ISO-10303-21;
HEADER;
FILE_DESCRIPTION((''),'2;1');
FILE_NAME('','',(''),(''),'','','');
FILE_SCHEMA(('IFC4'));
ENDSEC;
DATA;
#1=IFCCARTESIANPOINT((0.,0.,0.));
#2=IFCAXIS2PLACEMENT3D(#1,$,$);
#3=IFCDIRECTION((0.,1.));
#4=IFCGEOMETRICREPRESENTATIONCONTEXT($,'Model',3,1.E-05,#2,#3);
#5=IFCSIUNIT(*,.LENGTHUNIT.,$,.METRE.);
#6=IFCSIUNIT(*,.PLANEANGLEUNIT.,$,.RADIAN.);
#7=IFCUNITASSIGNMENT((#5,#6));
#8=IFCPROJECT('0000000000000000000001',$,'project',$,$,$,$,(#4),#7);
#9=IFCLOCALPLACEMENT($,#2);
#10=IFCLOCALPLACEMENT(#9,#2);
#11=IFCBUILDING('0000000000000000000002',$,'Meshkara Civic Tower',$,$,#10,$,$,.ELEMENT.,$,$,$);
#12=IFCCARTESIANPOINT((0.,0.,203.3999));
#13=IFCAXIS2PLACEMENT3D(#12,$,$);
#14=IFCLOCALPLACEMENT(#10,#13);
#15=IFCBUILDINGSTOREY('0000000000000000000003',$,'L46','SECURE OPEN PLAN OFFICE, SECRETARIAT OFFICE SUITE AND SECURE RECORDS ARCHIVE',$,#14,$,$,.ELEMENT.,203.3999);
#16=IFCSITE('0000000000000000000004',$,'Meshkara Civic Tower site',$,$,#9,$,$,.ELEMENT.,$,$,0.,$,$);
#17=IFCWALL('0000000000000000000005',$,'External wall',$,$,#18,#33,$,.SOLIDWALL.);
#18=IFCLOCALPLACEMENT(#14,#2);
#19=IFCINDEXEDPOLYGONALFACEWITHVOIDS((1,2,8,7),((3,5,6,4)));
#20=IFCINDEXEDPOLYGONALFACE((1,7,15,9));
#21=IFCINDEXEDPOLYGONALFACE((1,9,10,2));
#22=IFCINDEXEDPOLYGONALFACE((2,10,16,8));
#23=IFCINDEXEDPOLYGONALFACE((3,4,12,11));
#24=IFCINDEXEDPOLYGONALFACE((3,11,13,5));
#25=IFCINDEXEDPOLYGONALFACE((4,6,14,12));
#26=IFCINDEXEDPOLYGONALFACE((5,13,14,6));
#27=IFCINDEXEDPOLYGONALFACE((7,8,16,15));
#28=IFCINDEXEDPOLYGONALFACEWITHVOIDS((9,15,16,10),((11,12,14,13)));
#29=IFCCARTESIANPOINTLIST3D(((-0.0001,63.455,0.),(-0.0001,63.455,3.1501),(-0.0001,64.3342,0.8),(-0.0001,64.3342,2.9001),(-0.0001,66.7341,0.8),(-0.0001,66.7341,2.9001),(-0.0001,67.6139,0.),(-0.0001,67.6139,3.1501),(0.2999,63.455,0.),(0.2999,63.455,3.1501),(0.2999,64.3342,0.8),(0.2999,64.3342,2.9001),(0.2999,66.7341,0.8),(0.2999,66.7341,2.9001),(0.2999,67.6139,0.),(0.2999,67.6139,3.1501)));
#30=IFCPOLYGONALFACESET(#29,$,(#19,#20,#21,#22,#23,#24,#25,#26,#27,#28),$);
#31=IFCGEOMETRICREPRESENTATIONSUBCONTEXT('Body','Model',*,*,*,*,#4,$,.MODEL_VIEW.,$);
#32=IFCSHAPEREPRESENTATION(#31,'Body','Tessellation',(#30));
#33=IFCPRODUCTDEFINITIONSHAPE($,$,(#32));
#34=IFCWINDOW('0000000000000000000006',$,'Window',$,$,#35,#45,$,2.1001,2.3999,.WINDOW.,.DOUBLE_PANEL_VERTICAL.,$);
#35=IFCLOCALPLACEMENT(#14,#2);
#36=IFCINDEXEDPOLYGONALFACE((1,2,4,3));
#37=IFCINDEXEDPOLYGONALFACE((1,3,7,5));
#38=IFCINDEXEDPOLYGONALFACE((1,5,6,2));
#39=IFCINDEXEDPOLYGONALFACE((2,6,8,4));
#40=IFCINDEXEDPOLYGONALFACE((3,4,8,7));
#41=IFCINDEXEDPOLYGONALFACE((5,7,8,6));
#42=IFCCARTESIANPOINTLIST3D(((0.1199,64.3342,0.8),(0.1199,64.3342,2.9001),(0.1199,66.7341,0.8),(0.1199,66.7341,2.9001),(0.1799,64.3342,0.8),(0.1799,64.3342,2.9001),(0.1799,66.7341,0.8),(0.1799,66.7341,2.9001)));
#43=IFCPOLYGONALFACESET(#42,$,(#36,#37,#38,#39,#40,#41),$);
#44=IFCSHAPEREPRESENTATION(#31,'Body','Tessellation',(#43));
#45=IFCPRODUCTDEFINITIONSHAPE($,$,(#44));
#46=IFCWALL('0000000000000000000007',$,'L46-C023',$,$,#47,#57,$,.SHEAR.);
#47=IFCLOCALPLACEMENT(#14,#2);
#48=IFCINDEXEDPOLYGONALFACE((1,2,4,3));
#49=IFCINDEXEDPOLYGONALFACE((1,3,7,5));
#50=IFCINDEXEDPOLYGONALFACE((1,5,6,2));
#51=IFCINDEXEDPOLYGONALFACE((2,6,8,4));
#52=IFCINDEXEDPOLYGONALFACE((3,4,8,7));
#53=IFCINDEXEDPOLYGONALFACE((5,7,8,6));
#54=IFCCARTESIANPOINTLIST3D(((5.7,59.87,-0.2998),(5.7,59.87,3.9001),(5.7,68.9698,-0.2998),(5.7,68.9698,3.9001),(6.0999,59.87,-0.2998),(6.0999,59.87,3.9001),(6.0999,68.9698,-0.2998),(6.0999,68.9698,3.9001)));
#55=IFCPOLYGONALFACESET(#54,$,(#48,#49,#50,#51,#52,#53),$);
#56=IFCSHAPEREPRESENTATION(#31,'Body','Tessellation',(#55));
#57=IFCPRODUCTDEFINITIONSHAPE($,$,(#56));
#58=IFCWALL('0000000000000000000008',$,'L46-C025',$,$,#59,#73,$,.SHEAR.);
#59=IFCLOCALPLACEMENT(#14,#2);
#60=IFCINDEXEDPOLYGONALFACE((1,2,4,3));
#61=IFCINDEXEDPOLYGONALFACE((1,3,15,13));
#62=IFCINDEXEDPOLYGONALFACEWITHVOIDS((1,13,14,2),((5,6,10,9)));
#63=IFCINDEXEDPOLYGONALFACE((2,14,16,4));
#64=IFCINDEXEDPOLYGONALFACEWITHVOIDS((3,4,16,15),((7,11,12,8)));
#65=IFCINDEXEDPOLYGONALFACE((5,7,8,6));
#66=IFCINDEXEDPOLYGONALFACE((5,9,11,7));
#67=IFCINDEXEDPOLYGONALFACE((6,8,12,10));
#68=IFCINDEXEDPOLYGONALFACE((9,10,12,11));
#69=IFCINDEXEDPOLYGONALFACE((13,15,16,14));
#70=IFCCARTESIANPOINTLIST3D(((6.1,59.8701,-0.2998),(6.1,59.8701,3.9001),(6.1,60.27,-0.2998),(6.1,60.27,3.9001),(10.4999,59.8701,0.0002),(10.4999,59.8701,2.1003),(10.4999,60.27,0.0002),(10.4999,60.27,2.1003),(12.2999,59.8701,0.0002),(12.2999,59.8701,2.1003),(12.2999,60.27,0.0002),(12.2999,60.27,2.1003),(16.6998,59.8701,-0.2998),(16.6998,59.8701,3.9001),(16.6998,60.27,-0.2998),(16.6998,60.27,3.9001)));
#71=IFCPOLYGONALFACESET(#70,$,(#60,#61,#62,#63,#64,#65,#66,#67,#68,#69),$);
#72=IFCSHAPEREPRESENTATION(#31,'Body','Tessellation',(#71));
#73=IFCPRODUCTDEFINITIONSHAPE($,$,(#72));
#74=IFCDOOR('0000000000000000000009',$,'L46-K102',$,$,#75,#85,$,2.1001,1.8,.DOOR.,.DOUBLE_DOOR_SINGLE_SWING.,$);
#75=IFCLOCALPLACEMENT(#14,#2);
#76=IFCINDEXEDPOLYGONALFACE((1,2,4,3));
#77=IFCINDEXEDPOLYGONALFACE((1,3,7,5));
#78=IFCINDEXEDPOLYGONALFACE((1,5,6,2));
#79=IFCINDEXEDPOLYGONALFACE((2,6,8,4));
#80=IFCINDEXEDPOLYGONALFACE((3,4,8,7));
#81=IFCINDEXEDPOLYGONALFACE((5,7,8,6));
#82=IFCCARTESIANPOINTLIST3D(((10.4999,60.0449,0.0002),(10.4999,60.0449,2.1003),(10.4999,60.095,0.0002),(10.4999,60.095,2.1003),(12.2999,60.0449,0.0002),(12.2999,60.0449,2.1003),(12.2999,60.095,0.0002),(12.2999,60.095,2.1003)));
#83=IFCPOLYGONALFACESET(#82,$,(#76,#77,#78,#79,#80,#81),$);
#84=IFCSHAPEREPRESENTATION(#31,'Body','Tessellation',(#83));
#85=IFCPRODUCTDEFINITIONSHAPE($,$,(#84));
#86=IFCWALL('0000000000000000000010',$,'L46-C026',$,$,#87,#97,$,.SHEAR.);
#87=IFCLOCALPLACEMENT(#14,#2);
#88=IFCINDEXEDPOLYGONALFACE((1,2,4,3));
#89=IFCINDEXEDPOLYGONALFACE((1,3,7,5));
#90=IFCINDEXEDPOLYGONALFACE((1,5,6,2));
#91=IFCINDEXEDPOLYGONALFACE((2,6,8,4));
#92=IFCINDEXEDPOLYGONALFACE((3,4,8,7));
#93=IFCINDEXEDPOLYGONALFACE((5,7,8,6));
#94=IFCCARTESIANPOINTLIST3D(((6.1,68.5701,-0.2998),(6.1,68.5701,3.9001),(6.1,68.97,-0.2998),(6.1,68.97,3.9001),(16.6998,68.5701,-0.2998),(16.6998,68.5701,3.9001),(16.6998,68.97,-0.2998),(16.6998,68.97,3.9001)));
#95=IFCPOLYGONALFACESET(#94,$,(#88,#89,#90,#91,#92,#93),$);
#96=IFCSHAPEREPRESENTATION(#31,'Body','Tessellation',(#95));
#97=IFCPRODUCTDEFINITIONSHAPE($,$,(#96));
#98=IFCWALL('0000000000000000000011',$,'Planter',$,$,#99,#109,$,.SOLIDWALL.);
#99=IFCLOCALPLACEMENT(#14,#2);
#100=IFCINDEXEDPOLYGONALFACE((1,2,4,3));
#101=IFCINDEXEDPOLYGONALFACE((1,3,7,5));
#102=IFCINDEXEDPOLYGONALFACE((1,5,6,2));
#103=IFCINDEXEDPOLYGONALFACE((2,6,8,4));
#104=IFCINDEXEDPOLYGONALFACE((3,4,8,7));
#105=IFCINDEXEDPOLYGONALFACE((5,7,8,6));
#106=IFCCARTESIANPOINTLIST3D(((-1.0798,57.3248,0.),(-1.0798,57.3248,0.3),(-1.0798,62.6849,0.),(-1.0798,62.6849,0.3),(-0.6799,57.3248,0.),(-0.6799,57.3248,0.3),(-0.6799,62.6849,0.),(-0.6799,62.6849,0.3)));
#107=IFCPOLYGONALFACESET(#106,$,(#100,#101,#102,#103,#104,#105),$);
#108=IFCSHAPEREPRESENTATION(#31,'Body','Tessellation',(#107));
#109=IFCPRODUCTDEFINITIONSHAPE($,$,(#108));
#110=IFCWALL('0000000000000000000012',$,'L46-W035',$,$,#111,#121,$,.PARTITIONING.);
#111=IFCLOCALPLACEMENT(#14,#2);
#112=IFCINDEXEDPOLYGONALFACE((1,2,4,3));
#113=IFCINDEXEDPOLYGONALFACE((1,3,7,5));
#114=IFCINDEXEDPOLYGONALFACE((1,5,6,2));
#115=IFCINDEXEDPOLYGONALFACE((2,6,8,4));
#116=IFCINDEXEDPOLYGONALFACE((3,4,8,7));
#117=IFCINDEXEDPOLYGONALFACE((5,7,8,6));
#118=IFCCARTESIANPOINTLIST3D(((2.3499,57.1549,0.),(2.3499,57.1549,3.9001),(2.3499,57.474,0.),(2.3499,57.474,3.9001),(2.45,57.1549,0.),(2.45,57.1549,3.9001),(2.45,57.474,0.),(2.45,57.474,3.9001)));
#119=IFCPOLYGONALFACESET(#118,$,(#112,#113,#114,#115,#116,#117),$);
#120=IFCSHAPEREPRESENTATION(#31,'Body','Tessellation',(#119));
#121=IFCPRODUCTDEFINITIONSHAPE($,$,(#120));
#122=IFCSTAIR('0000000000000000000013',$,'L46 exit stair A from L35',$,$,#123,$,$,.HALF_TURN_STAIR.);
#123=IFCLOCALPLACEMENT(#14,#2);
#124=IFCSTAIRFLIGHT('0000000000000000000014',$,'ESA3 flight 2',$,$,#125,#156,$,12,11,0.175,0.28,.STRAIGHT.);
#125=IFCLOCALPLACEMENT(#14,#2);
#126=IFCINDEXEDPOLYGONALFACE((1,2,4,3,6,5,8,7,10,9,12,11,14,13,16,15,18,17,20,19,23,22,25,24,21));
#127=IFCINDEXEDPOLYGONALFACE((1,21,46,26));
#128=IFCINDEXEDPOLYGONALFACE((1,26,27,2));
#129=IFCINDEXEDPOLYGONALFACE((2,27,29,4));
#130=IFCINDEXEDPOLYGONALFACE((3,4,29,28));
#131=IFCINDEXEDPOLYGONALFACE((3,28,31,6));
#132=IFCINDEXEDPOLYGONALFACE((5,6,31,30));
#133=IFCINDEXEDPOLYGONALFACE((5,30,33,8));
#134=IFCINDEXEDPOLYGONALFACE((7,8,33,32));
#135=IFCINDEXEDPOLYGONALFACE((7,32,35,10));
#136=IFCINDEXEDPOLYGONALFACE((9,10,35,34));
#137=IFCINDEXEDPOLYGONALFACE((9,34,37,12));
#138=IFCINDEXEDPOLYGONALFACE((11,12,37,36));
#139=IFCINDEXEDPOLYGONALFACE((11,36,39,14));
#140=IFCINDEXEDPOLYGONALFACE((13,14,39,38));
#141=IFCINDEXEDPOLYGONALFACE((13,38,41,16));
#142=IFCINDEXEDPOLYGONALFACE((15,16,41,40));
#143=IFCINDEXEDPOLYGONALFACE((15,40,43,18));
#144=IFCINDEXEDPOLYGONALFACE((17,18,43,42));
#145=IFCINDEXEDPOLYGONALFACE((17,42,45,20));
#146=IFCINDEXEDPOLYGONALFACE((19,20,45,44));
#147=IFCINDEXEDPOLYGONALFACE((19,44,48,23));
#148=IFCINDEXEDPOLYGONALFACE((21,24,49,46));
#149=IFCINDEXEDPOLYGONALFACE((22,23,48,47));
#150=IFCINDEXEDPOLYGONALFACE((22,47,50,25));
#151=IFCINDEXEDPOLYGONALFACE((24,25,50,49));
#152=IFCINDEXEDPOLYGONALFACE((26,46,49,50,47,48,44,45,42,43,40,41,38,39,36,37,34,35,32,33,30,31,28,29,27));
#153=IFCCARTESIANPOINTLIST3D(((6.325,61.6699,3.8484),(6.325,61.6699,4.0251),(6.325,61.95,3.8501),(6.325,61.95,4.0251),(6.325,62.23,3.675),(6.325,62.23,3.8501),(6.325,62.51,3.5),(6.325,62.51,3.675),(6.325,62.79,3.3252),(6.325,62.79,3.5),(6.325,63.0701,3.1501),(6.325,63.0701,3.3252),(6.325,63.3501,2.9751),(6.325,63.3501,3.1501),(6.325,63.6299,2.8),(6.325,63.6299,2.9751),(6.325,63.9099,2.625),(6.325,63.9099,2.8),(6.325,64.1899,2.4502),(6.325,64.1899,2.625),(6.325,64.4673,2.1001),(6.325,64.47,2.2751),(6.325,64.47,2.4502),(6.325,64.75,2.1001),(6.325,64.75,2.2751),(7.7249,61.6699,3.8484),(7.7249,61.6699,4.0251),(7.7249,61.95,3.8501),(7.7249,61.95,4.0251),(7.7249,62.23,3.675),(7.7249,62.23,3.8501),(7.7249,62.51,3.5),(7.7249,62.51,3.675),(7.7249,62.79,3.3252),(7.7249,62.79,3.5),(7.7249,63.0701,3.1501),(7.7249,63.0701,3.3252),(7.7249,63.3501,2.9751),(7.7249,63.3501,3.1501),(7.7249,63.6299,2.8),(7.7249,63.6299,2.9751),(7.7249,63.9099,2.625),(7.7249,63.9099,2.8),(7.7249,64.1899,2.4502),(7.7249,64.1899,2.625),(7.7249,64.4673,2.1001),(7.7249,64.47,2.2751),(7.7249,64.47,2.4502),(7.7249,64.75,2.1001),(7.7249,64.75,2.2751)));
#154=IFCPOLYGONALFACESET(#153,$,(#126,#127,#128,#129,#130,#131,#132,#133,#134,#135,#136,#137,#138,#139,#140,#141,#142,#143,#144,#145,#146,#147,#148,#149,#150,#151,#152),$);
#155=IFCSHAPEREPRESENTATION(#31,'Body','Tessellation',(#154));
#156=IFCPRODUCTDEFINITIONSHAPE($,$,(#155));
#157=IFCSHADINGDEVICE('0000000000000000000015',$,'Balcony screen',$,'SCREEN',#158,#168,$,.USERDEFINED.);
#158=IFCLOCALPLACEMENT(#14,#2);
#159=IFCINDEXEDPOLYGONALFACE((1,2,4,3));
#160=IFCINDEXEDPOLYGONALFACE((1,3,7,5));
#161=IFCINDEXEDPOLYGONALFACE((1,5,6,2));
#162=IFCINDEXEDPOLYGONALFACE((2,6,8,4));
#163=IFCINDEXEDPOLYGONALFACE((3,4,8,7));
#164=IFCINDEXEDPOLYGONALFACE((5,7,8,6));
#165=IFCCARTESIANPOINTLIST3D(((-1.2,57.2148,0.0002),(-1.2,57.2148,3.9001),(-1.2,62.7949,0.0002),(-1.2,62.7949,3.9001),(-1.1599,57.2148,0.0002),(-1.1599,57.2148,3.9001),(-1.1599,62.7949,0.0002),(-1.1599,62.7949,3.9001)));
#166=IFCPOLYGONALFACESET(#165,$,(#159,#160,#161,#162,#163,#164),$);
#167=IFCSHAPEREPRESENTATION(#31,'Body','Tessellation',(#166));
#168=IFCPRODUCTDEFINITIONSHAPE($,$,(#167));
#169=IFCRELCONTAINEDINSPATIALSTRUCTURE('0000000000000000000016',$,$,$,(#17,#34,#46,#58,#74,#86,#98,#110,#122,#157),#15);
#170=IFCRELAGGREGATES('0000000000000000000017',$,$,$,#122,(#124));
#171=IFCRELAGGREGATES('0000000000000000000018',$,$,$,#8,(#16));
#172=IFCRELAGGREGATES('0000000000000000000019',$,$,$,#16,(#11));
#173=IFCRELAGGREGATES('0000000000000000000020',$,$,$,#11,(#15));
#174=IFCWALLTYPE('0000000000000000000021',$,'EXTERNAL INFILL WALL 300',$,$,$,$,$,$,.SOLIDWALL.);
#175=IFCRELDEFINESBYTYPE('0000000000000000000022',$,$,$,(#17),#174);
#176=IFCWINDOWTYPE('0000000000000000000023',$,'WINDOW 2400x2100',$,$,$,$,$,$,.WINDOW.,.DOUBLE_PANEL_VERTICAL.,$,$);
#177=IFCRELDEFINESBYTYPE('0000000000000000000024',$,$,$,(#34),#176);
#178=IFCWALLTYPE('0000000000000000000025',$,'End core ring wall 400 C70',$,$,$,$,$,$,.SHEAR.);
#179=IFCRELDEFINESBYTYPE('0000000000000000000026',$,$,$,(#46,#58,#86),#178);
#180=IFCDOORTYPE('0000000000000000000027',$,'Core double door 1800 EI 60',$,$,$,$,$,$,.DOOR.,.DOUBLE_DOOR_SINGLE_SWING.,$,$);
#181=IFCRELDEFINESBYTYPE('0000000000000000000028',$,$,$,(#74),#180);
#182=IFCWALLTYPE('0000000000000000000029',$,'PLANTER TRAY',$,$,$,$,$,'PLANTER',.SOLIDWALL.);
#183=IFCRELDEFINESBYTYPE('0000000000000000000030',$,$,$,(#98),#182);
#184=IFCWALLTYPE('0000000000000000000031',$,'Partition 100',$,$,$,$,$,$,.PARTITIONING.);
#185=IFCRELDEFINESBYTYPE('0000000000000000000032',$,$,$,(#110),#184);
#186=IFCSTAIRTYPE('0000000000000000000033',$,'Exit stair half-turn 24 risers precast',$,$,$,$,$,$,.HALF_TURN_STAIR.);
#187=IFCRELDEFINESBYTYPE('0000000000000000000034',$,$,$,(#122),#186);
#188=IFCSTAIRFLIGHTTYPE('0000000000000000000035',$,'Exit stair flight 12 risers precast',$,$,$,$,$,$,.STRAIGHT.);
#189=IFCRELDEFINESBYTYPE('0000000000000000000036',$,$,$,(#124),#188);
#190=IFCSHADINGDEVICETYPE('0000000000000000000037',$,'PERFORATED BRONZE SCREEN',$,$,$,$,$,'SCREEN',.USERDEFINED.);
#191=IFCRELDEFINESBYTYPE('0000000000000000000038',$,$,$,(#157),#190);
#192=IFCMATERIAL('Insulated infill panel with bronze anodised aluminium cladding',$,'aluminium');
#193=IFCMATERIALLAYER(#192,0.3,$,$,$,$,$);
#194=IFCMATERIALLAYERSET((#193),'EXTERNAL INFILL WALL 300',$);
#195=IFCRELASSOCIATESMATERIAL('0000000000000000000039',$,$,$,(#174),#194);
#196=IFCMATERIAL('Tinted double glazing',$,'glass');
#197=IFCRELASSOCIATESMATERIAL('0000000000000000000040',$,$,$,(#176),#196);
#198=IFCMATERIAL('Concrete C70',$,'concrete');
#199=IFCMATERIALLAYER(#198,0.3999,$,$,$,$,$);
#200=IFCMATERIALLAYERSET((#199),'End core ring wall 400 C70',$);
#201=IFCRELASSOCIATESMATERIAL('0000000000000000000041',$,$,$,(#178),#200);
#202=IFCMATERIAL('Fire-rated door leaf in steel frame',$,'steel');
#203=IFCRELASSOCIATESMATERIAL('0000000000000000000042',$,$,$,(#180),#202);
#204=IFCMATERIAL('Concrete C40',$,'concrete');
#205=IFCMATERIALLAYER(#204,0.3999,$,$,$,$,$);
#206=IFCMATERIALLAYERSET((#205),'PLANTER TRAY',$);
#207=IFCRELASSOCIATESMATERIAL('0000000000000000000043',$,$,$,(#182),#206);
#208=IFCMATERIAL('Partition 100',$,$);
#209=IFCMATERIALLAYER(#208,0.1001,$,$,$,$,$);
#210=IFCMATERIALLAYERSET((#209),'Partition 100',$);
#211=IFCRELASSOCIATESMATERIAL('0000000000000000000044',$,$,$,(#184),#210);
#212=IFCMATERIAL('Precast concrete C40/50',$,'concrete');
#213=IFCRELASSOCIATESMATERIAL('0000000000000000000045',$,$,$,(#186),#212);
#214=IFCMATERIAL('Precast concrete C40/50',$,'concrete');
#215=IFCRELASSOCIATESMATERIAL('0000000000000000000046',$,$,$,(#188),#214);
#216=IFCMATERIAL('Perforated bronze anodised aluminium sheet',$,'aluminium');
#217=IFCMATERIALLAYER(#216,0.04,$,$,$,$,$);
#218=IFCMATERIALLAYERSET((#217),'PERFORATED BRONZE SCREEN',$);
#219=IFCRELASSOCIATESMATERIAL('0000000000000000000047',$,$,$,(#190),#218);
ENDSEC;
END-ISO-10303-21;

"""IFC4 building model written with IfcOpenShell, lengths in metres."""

from ifc_helpers import new_model, si_unit, direction, frame, frame_2d, origin, origin_2d, place, context, subcontext, project, spatial, polyline, rectangle, outline, extrude, material, layer, layer_set, type_object, element, fill, aggregate, save


model = new_model("IFC4")

# Units and contexts
model_context = context("Model", 3, precision=1e-05, world=origin(), true_north=direction((0.0, 1.0)))
body_context = subcontext(model_context, "Body", "Model", "MODEL_VIEW")
ifc_project = project(units=[si_unit("LENGTHUNIT", "METRE"), si_unit("PLANEANGLEUNIT", "RADIAN")], contexts=[model_context])

# Site, building, storey
site_placement = place(None, origin())
site = spatial("IfcSite", under=ifc_project, at=site_placement, Name="Meshkara Civic Tower site", CompositionType="ELEMENT", RefElevation=0.0)
building_placement = place(site_placement, origin())
building = spatial("IfcBuilding", under=site, at=building_placement, Name="Meshkara Civic Tower", CompositionType="ELEMENT")
storey_placement = place(building_placement, frame((0.0, 0.0, 203.3999)))
storey = spatial("IfcBuildingStorey", under=building, at=storey_placement, Name="L46", Description="SECURE OPEN PLAN OFFICE, SECRETARIAT OFFICE SUITE AND SECURE RECORDS ARCHIVE", CompositionType="ELEMENT", Elevation=203.3999)

# Wall, opening, window
ifc_material_1 = material(Name="Insulated infill panel with bronze anodised aluminium cladding", Category="aluminium")
ifc_layer_1 = layer(ifc_material_1, 0.3)
ifc_layer_set_1 = layer_set([ifc_layer_1], Name="EXTERNAL INFILL WALL 300")
wall_type_1 = type_object("IfcWallType", Name="EXTERNAL INFILL WALL 300", PredefinedType="SOLIDWALL", material=ifc_layer_set_1)
wall_1_placement = place(storey_placement, frame((0.1499, 67.614, 0.0), z_axis=(0.0, 0.0, 1.0), x_axis=(0.0, -1.0, 0.0)))
wall_1 = element("IfcWall", 1, at=wall_1_placement, inside=storey, type_object=wall_type_1, Name="External wall", PredefinedType="SOLIDWALL", context=body_context, shape_type="SweptSolid", body=[
    extrude(rectangle(XDim=4.1589, YDim=0.3, at=frame_2d((2.0796, 0.0))), origin(), (0.0, 0.0, 1.0), 3.1501),
])
opening_1_placement = place(wall_1_placement, frame((0.8799, 0.0, 0.8)))
opening_1 = element("IfcOpeningElement", 2, at=opening_1_placement, cuts=wall_1, PredefinedType="OPENING", context=body_context, shape_type="SweptSolid", body=[
    extrude(rectangle(XDim=2.3999, YDim=2.1001, at=frame_2d((1.2, 1.05))), frame((0.0, 0.1599, 0.0), z_axis=(0.0, -1.0, 0.0), x_axis=(1.0, 0.0, 0.0)), (0.0, 0.0, 1.0), 0.3201),
])
ifc_material_2 = material(Name="Tinted double glazing", Category="glass")
window_type_1 = type_object("IfcWindowType", Name="WINDOW 2400x2100", PartitioningType="DOUBLE_PANEL_VERTICAL", PredefinedType="WINDOW", material=ifc_material_2)
window_1_placement = place(opening_1_placement, origin())
window_1 = element("IfcWindow", 3, at=window_1_placement, inside=storey, type_object=window_type_1, Name="Window", OverallHeight=2.1001, OverallWidth=2.3999, PartitioningType="DOUBLE_PANEL_VERTICAL", PredefinedType="WINDOW", context=body_context, shape_type="SweptSolid", body=[
    extrude(rectangle(XDim=2.3999, YDim=2.1001, at=frame_2d((1.2, 1.05))), frame((0.0, 0.03, 0.0), z_axis=(0.0, -1.0, 0.0), x_axis=(1.0, 0.0, 0.0)), (0.0, 0.0, 1.0), 0.0601),
])
fill(opening_1, window_1)

# Wall
ifc_material_3 = material(Name="Concrete C70", Category="concrete")
ifc_layer_2 = layer(ifc_material_3, 0.3999)
ifc_layer_set_2 = layer_set([ifc_layer_2], Name="End core ring wall 400 C70")
wall_type_2 = type_object("IfcWallType", Name="End core ring wall 400 C70", PredefinedType="SHEAR", material=ifc_layer_set_2)
wall_2_placement = place(storey_placement, frame((5.8999, 59.8701, -0.2998), z_axis=(0.0, 0.0, 1.0), x_axis=(0.0, 1.0, 0.0)))
element("IfcWall", 4, at=wall_2_placement, inside=storey, type_object=wall_type_2, Name="L46-C023", PredefinedType="SHEAR", context=body_context, shape_type="SweptSolid", body=[
    extrude(rectangle(XDim=9.0999, YDim=0.3999, at=frame_2d((4.5498, 0.0))), origin(), (0.0, 0.0, 1.0), 4.2),
])

# Wall, opening, door
wall_3_placement = place(storey_placement, frame((6.1001, 60.0701, -0.2998), z_axis=(0.0, 0.0, 1.0), x_axis=(1.0, 0.0, 0.0)))
wall_3 = element("IfcWall", 5, at=wall_3_placement, inside=storey, type_object=wall_type_2, Name="L46-C025", PredefinedType="SHEAR", context=body_context, shape_type="SweptSolid", body=[
    extrude(rectangle(XDim=10.5999, YDim=0.3999, at=frame_2d((5.2998, 0.0))), origin(), (0.0, 0.0, 1.0), 4.2),
])
opening_2_placement = place(wall_3_placement, frame((4.3999, 0.0, 0.3)))
opening_2 = element("IfcOpeningElement", 6, at=opening_2_placement, cuts=wall_3, PredefinedType="OPENING", context=body_context, shape_type="SweptSolid", body=[
    extrude(rectangle(XDim=1.8, YDim=2.1001, at=frame_2d((0.8999, 1.05))), frame((0.0, 0.21, 0.0), z_axis=(0.0, -1.0, 0.0), x_axis=(1.0, 0.0, 0.0)), (0.0, 0.0, 1.0), 0.4199),
])
ifc_material_4 = material(Name="Fire-rated door leaf in steel frame", Category="steel")
door_type_1 = type_object("IfcDoorType", Name="Core double door 1800 EI 60", OperationType="DOUBLE_DOOR_SINGLE_SWING", PredefinedType="DOOR", material=ifc_material_4)
door_1_placement = place(opening_2_placement, origin())
door_1 = element("IfcDoor", 7, at=door_1_placement, inside=storey, type_object=door_type_1, Name="L46-K102", OperationType="DOUBLE_DOOR_SINGLE_SWING", OverallHeight=2.1001, OverallWidth=1.8, PredefinedType="DOOR", context=body_context, shape_type="SweptSolid", body=[
    extrude(rectangle(XDim=1.8, YDim=2.1001, at=frame_2d((0.8999, 1.05))), frame((0.0, 0.0249, 0.0), z_axis=(0.0, -1.0, 0.0), x_axis=(1.0, 0.0, 0.0)), (0.0, 0.0, 1.0), 0.05),
])
fill(opening_2, door_1)

# Wall
wall_4_placement = place(storey_placement, frame((6.1001, 68.77, -0.2998), z_axis=(0.0, 0.0, 1.0), x_axis=(1.0, 0.0, 0.0)))
element("IfcWall", 8, at=wall_4_placement, inside=storey, type_object=wall_type_2, Name="L46-C026", PredefinedType="SHEAR", context=body_context, shape_type="SweptSolid", body=[
    extrude(rectangle(XDim=10.5999, YDim=0.3999, at=frame_2d((5.2998, 0.0))), origin(), (0.0, 0.0, 1.0), 4.2),
])

# Walls
ifc_material_5 = material(Name="Concrete C40", Category="concrete")
ifc_layer_3 = layer(ifc_material_5, 0.3999)
ifc_layer_set_3 = layer_set([ifc_layer_3], Name="PLANTER TRAY")
wall_type_3 = type_object("IfcWallType", Name="PLANTER TRAY", ElementType="PLANTER", PredefinedType="SOLIDWALL", material=ifc_layer_set_3)
wall_5_placement = place(storey_placement, frame((-0.8799, 62.6851, 0.0), z_axis=(0.0, 0.0, 1.0), x_axis=(0.0, -1.0, 0.0)))
element("IfcWall", 9, at=wall_5_placement, inside=storey, type_object=wall_type_3, Name="Planter", PredefinedType="SOLIDWALL", context=body_context, shape_type="SweptSolid", body=[
    extrude(rectangle(XDim=5.3601, YDim=0.3999, at=frame_2d((2.6802, 0.0))), origin(), (0.0, 0.0, 1.0), 0.3),
])
ifc_material_6 = material(Name="Partition 100")
ifc_layer_4 = layer(ifc_material_6, 0.1001)
ifc_layer_set_4 = layer_set([ifc_layer_4], Name="Partition 100")
wall_type_4 = type_object("IfcWallType", Name="Partition 100", PredefinedType="PARTITIONING", material=ifc_layer_set_4)
wall_6_placement = place(storey_placement, frame((2.3999, 57.4741, 0.0), z_axis=(0.0, 0.0, 1.0), x_axis=(0.0, -1.0, 0.0)))
element("IfcWall", 10, at=wall_6_placement, inside=storey, type_object=wall_type_4, Name="L46-W035", PredefinedType="PARTITIONING", context=body_context, shape_type="SweptSolid", body=[
    extrude(rectangle(XDim=0.3191, YDim=0.1001, at=frame_2d((0.1597, 0.0))), origin(), (0.0, 0.0, 1.0), 3.9001),
])

# Stair, stair flight
ifc_material_7 = material(Name="Precast concrete C40/50", Category="concrete")
stair_type = type_object("IfcStairType", Name="Exit stair half-turn 24 risers precast", PredefinedType="HALF_TURN_STAIR", material=ifc_material_7)
stair_placement = place(storey_placement, origin())
stair = element("IfcStair", 11, at=stair_placement, inside=storey, type_object=stair_type, Name="L46 exit stair A from L35", PredefinedType="HALF_TURN_STAIR")
ifc_material_8 = material(Name="Precast concrete C40/50", Category="concrete")
stair_flight_type = type_object("IfcStairFlightType", Name="Exit stair flight 12 risers precast", PredefinedType="STRAIGHT", material=ifc_material_8)
stair_flight_placement = place(storey_placement, frame((7.0249, 64.75, 2.1001), z_axis=(0.0, 0.0, 1.0), x_axis=(0.0, -1.0, 0.0)))
stair_flight = element("IfcStairFlight", 12, at=stair_flight_placement, type_object=stair_flight_type, Name="ESA3 flight 2", NumberOfRisers=12, NumberOfTreads=11, PredefinedType="STRAIGHT", RiserHeight=0.175, TreadLength=0.28, context=body_context, shape_type="SweptSolid", body=[
    extrude(outline(polyline([(0.0, 0.0), (0.0, 0.175), (0.28, 0.175), (0.28, 0.3501), (0.5601, 0.3501), (0.5601, 0.5249), (0.8401, 0.5249), (0.8401, 0.7), (1.1201, 0.7), (1.1201, 0.875), (1.3999, 0.875), (1.3999, 1.05), (1.6799, 1.05), (1.6799, 1.2251), (1.96, 1.2251), (1.96, 1.3999), (2.24, 1.3999), (2.24, 1.575), (2.52, 1.575), (2.52, 1.75), (2.8, 1.75), (2.8, 1.925), (3.0801, 1.925), (3.0801, 2.1001), (3.0801, 1.7483), (0.2827, 0.0), (0.0, 0.0)])), frame((0.0, 0.7, 0.0), z_axis=(0.0, -1.0, 0.0), x_axis=(1.0, 0.0, 0.0)), (0.0, 0.0, 1.0), 1.3999),
])
aggregate(stair, [stair_flight])

# Shading device
ifc_material_9 = material(Name="Perforated bronze anodised aluminium sheet", Category="aluminium")
ifc_layer_5 = layer(ifc_material_9, 0.04)
ifc_layer_set_5 = layer_set([ifc_layer_5], Name="PERFORATED BRONZE SCREEN")
shading_device_type = type_object("IfcShadingDeviceType", Name="PERFORATED BRONZE SCREEN", ElementType="SCREEN", PredefinedType="USERDEFINED", material=ifc_layer_set_5)
shading_device_placement = place(storey_placement, frame((-1.1799, 60.0049, 0.0002), z_axis=(0.0, 0.0, 1.0), x_axis=(0.0, -1.0, 0.0)))
element("IfcShadingDevice", 13, at=shading_device_placement, inside=storey, type_object=shading_device_type, Name="Balcony screen", ObjectType="SCREEN", PredefinedType="USERDEFINED", context=body_context, shape_type="SweptSolid", body=[
    extrude(rectangle(XDim=5.5801, YDim=0.04, at=origin_2d()), origin(), (0.0, 0.0, 1.0), 3.8999),
])

save(model, "model.ifc")
